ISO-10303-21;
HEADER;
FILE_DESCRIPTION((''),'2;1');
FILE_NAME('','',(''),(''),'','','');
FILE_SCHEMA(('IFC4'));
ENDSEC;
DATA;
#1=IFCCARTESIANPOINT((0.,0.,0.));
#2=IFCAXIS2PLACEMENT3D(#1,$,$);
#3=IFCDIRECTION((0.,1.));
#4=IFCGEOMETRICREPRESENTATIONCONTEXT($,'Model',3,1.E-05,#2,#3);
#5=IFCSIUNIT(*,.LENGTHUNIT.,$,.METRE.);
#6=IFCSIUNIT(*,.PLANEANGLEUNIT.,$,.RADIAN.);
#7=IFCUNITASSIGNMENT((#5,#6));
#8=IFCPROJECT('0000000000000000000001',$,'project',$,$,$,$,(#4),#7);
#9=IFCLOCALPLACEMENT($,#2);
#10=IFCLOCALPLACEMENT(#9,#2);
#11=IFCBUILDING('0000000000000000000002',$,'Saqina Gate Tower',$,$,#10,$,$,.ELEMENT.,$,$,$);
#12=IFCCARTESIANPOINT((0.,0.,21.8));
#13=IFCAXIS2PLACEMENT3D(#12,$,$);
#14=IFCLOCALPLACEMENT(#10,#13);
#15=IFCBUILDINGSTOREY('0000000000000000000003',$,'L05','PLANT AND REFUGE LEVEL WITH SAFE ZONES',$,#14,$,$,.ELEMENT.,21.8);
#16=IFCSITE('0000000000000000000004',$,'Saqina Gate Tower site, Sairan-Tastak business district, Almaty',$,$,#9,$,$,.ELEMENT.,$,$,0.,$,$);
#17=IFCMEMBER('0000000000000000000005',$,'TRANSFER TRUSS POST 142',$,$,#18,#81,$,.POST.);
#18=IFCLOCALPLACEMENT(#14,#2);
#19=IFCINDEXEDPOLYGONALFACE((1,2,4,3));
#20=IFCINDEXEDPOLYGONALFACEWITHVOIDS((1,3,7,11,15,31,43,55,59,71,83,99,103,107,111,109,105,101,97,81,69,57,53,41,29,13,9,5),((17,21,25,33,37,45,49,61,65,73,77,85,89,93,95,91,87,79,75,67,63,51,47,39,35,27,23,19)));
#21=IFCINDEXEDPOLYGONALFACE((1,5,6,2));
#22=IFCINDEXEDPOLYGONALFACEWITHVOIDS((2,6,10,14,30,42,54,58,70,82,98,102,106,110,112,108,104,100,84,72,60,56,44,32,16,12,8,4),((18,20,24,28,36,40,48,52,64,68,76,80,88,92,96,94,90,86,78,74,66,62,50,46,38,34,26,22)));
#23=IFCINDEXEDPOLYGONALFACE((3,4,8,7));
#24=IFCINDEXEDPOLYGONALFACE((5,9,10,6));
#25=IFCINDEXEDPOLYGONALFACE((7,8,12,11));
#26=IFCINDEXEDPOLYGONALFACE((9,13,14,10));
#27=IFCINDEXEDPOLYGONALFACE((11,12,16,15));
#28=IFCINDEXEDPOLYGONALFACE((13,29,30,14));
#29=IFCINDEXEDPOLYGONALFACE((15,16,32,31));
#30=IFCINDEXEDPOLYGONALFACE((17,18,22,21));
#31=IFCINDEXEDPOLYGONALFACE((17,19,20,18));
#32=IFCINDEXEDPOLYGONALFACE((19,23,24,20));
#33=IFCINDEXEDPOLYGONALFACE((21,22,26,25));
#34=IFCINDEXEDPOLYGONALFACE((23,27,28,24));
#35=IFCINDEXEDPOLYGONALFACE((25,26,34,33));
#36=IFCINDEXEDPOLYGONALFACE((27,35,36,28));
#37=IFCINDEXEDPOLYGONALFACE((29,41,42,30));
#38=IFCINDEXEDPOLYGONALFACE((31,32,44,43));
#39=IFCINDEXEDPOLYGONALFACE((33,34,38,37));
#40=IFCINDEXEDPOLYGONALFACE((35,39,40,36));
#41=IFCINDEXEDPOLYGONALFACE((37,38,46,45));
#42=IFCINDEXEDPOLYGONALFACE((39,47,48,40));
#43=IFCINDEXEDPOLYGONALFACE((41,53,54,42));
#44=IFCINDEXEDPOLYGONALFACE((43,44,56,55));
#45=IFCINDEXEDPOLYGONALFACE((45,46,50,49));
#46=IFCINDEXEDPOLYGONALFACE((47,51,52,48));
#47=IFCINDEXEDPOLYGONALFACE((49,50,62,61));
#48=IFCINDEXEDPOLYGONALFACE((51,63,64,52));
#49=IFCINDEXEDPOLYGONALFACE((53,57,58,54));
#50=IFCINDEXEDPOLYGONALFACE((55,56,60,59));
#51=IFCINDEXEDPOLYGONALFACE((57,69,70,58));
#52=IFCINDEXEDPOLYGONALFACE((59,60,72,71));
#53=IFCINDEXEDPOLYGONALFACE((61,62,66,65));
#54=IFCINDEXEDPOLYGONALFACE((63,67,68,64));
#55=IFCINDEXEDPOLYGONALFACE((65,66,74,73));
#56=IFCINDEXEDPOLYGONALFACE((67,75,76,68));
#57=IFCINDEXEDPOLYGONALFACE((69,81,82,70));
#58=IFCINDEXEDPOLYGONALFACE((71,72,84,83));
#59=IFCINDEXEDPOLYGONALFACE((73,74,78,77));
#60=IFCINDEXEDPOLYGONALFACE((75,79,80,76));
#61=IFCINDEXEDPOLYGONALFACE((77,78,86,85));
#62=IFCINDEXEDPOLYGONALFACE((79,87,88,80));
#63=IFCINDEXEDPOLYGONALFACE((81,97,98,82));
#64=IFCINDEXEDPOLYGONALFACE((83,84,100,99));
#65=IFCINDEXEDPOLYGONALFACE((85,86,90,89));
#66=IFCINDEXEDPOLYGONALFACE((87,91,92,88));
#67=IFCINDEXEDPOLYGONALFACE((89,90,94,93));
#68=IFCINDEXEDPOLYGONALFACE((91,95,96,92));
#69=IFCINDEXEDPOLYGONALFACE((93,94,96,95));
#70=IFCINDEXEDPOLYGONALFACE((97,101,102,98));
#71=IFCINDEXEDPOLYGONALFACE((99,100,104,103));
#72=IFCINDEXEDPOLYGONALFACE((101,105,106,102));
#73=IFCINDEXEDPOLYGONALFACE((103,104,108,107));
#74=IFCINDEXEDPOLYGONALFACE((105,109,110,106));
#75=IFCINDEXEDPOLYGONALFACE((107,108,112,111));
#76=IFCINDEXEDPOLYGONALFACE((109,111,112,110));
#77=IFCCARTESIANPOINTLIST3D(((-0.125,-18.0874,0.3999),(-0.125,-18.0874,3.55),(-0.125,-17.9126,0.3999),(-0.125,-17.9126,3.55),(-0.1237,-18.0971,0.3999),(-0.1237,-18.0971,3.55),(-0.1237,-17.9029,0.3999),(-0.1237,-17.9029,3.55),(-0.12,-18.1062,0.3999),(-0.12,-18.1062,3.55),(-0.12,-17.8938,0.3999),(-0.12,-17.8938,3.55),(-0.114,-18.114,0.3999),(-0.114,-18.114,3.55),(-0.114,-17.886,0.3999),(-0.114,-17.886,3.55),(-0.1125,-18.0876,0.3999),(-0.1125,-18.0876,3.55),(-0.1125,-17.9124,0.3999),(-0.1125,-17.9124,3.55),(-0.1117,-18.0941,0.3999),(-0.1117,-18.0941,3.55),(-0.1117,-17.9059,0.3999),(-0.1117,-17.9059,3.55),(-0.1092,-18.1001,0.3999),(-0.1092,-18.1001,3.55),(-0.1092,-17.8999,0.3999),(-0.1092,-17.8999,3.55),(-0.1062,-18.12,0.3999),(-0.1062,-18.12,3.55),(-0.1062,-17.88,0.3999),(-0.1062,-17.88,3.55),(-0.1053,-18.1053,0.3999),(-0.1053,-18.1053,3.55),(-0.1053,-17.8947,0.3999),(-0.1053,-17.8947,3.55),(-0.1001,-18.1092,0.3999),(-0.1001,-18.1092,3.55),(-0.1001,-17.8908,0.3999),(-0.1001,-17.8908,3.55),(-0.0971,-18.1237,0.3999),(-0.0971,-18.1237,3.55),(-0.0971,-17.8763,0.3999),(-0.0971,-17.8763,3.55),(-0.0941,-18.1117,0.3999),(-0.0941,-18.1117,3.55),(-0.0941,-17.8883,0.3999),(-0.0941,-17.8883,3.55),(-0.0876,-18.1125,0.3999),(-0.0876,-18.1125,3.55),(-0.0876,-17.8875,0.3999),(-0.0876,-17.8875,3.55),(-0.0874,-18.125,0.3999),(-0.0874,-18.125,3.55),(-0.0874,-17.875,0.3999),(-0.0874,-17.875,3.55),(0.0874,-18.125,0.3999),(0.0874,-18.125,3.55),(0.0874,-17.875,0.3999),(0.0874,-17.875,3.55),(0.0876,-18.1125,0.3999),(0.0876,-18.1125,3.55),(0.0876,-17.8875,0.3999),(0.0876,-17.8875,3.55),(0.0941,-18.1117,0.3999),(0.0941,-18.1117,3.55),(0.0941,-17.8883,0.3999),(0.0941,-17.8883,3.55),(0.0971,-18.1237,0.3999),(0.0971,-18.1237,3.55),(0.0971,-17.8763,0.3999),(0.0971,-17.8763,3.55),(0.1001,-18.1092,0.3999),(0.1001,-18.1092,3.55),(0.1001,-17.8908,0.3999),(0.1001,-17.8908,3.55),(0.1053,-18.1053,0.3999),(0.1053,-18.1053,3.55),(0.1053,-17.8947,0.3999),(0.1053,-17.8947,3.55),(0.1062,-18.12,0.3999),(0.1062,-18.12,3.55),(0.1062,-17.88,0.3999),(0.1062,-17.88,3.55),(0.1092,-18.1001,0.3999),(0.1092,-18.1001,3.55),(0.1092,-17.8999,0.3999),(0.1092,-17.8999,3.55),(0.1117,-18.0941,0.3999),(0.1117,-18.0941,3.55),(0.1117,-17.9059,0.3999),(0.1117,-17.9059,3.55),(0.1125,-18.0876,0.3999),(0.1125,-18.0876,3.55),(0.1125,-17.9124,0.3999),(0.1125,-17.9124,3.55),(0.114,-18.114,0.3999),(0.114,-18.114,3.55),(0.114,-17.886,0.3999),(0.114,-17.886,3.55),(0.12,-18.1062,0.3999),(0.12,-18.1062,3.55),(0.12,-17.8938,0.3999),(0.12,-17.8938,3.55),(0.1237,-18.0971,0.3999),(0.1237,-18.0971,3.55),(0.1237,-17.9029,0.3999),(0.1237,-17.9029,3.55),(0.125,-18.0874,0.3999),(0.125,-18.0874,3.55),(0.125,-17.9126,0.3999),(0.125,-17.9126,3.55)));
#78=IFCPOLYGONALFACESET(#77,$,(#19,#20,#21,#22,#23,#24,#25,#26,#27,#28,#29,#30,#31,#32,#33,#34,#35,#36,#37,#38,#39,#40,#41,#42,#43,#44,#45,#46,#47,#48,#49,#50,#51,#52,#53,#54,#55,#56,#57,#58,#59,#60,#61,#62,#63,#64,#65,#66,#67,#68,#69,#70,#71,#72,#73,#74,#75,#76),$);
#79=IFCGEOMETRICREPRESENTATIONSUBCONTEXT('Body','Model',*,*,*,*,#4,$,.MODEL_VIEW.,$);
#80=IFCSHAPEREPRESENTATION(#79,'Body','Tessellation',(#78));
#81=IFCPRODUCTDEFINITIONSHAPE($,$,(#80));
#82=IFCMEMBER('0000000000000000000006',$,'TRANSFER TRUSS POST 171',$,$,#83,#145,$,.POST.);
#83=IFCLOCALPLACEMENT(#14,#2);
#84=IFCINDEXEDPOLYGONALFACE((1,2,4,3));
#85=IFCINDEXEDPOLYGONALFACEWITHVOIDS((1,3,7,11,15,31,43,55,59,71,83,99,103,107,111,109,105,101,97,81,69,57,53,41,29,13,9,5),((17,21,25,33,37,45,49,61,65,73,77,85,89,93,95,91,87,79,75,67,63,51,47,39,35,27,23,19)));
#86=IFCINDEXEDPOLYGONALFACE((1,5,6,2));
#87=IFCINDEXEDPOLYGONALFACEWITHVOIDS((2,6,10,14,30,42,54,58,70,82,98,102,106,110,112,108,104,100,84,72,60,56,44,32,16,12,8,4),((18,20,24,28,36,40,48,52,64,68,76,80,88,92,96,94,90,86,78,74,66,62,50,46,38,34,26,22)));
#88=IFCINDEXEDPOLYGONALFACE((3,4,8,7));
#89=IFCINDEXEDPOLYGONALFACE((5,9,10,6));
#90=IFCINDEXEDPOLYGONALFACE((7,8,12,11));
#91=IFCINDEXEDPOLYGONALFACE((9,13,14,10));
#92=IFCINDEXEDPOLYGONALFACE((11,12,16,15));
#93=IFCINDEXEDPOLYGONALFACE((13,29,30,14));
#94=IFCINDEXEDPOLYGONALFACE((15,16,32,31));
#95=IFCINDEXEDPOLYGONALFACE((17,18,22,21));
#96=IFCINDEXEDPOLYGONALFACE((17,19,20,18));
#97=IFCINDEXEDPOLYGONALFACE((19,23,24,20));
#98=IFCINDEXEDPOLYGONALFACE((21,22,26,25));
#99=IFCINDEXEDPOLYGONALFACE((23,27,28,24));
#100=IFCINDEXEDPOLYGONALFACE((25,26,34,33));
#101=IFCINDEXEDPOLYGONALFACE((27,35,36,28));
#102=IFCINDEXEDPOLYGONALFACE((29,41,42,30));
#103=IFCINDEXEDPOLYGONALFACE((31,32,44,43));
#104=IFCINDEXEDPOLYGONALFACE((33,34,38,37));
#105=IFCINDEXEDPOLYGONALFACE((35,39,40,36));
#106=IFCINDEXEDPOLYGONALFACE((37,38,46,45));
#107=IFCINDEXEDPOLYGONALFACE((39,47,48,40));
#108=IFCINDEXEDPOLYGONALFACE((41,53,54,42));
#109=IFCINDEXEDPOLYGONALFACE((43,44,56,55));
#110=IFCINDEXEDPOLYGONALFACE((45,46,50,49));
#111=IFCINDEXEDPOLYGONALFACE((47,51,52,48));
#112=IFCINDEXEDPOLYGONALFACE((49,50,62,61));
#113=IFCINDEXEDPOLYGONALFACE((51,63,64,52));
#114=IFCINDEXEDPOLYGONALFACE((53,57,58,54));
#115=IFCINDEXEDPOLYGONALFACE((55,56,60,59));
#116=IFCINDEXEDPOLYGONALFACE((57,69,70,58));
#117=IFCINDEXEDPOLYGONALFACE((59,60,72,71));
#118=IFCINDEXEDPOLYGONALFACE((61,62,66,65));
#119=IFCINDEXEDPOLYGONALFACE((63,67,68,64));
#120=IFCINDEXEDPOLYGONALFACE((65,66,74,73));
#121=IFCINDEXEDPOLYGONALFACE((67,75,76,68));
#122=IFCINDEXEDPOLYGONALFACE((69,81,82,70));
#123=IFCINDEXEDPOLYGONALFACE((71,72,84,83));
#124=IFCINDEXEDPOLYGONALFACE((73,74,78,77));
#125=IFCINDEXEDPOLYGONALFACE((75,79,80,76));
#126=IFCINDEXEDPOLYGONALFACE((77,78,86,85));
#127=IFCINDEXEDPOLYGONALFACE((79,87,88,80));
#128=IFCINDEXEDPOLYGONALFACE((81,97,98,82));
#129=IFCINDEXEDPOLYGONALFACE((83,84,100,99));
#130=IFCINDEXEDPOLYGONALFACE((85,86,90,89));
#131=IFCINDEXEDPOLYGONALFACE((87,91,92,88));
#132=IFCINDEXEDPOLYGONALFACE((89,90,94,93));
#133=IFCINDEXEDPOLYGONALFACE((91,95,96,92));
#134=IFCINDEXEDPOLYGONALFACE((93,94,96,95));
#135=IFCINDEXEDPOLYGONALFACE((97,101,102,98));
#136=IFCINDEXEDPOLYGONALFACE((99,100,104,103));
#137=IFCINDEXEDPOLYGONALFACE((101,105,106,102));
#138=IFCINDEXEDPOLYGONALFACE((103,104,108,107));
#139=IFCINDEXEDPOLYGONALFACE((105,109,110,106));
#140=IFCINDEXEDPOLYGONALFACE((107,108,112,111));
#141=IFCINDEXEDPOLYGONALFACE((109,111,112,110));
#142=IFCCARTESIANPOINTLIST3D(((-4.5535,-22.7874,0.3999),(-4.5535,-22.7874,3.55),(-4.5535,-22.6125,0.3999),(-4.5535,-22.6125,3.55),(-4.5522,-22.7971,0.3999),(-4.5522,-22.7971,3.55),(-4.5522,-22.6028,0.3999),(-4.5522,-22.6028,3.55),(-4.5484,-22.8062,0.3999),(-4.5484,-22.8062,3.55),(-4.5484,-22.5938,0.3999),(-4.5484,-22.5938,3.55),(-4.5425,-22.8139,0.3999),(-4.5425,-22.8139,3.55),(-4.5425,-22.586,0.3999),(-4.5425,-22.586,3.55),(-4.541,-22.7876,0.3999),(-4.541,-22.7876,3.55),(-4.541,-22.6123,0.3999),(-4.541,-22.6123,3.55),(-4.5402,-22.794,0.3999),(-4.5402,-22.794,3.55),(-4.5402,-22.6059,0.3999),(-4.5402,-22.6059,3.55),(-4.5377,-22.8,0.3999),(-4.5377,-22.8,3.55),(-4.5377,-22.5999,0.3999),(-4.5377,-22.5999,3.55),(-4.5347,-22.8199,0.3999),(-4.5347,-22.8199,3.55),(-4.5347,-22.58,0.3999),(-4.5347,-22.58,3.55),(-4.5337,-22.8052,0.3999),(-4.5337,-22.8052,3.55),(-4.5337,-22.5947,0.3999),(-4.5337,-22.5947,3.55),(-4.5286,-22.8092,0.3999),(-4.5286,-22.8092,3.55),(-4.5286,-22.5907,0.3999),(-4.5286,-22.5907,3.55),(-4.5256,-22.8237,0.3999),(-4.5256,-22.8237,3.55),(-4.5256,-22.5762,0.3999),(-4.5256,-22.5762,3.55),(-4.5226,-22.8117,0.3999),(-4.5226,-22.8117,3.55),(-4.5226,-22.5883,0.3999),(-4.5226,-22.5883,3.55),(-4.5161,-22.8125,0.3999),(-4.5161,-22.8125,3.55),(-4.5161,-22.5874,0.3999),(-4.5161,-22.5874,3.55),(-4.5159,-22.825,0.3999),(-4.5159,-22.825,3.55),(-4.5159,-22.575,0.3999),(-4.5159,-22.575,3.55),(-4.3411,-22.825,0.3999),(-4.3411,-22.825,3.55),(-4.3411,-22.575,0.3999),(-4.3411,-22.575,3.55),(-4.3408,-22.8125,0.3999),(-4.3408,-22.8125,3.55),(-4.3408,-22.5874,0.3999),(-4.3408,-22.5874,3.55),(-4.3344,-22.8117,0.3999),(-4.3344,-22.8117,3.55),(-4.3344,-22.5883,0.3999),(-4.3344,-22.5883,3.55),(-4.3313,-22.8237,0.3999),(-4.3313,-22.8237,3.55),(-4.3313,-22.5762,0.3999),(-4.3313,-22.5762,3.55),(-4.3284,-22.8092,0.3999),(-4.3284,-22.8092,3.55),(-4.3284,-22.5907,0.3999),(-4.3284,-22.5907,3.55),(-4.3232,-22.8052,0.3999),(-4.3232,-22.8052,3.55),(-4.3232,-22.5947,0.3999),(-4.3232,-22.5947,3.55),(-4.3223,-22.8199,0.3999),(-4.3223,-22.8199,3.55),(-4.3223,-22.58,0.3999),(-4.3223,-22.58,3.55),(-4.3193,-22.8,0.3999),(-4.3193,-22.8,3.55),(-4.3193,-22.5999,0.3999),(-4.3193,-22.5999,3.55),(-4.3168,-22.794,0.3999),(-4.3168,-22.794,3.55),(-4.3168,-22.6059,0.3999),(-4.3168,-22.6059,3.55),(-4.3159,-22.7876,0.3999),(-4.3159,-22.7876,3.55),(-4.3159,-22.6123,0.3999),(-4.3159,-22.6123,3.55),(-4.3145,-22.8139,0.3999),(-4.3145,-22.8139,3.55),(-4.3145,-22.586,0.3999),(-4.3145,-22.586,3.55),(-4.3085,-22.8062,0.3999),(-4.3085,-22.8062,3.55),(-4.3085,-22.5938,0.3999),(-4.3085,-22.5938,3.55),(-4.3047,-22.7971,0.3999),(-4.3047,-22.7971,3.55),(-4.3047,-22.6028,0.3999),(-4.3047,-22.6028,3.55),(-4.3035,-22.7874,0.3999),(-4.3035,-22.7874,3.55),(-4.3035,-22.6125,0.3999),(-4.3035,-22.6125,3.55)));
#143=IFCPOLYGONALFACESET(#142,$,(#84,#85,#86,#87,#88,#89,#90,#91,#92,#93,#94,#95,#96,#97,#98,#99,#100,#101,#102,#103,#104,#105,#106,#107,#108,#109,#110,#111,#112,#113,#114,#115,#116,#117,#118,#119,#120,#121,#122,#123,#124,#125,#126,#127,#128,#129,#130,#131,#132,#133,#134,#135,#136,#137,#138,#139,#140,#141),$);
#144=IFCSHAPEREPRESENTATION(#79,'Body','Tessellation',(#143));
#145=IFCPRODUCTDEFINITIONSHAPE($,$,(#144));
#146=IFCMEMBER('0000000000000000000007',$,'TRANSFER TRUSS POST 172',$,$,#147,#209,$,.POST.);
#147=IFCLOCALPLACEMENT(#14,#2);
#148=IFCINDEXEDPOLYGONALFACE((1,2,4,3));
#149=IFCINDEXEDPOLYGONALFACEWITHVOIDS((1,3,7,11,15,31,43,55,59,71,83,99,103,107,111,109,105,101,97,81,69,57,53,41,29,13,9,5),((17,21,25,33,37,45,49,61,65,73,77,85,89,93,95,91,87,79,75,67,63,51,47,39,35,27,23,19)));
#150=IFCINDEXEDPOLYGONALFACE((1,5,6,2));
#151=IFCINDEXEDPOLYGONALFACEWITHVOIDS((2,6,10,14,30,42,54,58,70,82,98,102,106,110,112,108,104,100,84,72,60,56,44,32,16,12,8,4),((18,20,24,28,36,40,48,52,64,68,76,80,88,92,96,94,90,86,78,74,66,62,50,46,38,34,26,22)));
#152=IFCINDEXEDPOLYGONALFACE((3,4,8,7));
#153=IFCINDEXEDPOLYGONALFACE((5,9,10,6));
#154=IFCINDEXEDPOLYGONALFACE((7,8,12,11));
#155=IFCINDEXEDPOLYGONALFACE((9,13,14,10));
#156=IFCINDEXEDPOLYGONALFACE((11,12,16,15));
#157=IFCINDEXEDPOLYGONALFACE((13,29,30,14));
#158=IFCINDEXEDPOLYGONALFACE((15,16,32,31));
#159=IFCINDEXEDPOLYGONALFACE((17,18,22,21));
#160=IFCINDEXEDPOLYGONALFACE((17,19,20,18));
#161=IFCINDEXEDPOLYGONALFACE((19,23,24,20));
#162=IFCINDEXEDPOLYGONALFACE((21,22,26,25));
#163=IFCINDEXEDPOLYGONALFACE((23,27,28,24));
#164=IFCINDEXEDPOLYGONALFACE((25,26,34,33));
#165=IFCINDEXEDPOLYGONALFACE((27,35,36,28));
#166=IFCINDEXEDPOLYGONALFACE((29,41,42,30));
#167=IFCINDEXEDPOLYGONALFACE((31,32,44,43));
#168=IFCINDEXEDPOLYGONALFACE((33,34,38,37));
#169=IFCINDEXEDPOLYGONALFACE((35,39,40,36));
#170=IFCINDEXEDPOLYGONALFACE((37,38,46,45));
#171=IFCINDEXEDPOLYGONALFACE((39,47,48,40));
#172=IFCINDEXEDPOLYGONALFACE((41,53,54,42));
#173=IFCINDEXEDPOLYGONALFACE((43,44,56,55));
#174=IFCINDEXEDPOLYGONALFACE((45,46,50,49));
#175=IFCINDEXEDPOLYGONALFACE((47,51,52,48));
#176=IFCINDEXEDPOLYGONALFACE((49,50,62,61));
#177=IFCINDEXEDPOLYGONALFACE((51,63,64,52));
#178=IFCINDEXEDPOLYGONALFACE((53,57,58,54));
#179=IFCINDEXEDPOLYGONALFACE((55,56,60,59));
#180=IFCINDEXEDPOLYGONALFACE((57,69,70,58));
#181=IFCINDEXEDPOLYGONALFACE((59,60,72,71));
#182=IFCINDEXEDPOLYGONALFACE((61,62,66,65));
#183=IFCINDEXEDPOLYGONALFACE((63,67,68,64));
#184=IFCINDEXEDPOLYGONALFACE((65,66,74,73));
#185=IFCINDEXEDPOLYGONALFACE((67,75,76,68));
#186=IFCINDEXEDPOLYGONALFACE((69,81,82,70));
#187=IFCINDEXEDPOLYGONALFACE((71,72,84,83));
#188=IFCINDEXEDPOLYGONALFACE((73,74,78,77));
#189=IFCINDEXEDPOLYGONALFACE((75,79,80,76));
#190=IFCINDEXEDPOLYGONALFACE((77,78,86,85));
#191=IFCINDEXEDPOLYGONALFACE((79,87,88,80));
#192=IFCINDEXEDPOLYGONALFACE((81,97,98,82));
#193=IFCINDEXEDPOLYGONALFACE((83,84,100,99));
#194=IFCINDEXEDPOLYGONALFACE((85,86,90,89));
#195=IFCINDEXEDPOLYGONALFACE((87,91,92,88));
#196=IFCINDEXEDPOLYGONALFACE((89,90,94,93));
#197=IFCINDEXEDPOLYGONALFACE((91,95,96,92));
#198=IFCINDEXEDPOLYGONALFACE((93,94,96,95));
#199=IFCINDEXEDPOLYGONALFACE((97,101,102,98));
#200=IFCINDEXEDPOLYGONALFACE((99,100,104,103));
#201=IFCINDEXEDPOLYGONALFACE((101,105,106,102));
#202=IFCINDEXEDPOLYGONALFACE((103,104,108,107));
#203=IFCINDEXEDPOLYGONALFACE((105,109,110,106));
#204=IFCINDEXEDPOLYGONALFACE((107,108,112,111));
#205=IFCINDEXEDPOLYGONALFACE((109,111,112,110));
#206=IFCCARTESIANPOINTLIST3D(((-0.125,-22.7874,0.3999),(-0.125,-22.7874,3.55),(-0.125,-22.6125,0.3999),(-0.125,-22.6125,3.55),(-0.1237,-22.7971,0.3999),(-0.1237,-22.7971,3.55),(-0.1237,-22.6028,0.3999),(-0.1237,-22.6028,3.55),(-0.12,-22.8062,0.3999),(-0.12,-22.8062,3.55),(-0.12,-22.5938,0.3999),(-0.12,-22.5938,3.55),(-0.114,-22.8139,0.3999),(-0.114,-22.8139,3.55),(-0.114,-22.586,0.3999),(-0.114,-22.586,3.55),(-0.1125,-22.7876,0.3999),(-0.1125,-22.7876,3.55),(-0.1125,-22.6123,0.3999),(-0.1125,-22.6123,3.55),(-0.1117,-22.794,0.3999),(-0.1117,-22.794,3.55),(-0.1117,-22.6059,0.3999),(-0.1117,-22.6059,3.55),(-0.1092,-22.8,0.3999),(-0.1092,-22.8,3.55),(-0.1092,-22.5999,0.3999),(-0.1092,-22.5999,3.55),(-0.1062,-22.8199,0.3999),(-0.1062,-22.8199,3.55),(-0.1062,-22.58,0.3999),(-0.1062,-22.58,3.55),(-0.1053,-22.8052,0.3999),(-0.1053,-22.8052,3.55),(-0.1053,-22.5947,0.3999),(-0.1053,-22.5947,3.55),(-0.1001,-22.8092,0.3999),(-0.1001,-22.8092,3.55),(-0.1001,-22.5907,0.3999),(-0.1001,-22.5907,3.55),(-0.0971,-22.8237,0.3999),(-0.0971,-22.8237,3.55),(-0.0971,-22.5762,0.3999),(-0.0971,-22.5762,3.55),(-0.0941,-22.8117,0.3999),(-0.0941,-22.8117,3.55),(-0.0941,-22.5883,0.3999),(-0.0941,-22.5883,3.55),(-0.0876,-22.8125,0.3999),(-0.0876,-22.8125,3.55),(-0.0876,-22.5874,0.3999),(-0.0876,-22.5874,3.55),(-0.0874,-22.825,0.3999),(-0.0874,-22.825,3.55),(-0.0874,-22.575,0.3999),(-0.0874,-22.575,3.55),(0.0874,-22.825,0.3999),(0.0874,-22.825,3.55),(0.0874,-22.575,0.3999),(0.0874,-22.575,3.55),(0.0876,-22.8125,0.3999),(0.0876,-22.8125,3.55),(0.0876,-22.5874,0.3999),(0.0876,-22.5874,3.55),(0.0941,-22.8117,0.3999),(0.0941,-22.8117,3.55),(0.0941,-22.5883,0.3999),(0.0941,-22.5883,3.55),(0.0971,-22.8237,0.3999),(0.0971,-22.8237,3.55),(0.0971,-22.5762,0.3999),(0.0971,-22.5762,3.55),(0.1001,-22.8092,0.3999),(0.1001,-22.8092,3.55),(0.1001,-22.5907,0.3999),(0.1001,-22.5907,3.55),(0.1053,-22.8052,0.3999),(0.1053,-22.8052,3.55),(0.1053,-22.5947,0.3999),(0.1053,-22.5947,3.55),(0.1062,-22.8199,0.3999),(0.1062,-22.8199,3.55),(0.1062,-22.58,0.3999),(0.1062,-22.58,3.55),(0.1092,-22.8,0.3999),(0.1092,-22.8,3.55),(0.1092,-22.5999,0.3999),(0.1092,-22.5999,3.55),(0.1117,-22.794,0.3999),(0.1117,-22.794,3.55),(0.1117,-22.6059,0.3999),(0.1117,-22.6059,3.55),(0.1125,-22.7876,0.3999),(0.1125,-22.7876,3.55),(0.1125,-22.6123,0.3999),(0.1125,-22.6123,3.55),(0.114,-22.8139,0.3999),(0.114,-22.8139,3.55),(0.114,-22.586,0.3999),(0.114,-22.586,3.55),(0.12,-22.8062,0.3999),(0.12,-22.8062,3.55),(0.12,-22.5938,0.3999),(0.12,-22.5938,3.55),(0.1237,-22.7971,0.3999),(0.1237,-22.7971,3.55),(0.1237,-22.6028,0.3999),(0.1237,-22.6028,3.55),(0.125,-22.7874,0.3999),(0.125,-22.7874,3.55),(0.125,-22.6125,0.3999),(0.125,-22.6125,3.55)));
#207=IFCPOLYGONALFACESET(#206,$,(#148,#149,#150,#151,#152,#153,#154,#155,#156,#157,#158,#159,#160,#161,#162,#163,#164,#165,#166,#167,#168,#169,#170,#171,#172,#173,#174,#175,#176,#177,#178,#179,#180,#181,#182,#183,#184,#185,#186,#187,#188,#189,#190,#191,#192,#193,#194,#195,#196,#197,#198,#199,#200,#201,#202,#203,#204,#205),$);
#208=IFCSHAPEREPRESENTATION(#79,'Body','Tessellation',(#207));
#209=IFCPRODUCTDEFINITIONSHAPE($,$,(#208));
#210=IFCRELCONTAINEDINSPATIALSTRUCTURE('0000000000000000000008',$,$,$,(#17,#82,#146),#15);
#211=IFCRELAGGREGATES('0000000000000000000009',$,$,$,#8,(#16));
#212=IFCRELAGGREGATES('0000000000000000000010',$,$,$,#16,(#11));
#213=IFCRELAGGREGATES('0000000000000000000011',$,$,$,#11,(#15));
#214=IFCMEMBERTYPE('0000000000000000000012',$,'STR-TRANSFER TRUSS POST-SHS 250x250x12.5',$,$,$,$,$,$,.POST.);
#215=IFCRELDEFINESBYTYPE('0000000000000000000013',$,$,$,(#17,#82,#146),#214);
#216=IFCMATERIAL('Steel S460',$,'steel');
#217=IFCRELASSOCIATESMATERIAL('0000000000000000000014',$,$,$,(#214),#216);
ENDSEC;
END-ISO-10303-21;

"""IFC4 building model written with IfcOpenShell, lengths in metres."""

from ifc_helpers import new_model, si_unit, direction, frame, origin, origin_2d, place, context, subcontext, project, spatial, hollow_rectangle, extrude, material, material_profile, profile_set, type_object, element, save


model = new_model("IFC4")

# Units and contexts
model_context = context("Model", 3, precision=1e-05, world=origin(), true_north=direction((0.0, 1.0)))
body_context = subcontext(model_context, "Body", "Model", "MODEL_VIEW")
ifc_project = project(units=[si_unit("LENGTHUNIT", "METRE"), si_unit("PLANEANGLEUNIT", "RADIAN")], contexts=[model_context])

# Site, building, storey
site_placement = place(None, origin())
site = spatial("IfcSite", under=ifc_project, at=site_placement, Name="Saqina Gate Tower site, Sairan-Tastak business district, Almaty", CompositionType="ELEMENT", RefElevation=0.0)
building_placement = place(site_placement, origin())
building = spatial("IfcBuilding", under=site, at=building_placement, Name="Saqina Gate Tower", CompositionType="ELEMENT")
storey_placement = place(building_placement, frame((0.0, 0.0, 21.8)))
storey = spatial("IfcBuildingStorey", under=building, at=storey_placement, Name="L05", Description="PLANT AND REFUGE LEVEL WITH SAFE ZONES", CompositionType="ELEMENT", Elevation=21.8)

# Members
ifc_material_1 = material(Name="Steel S460", Category="steel")
ifc_material_profile_1 = material_profile(ifc_material_1, hollow_rectangle(XDim=0.25, YDim=0.25, WallThickness=0.0125, InnerFilletRadius=0.0249, OuterFilletRadius=0.0376, at=origin_2d()), Name="SHS 250x250x12.5")
ifc_profile_set_1 = profile_set([ifc_material_profile_1], Name="Steel S460")
member_type_1 = type_object("IfcMemberType", Name="STR-TRANSFER TRUSS POST-SHS 250x250x12.5", PredefinedType="POST", material=ifc_profile_set_1)
for number, where, z_axis, x_axis, name in (
    (1, (0.0, -18.0, 0.3999), (0.0, 0.0, 1.0), (1.0, 0.0, 0.0), "TRANSFER TRUSS POST 142"),
    (2, (-4.4285, -22.7, 0.3999), (0.0, 0.0, 1.0), (1.0, 0.0, 0.0), "TRANSFER TRUSS POST 171"),
    (3, (0.0, -22.7, 0.3999), (0.0, 0.0, 1.0), (1.0, 0.0, 0.0), "TRANSFER TRUSS POST 172"),
):
    element("IfcMember", number, at=place(storey_placement, frame(where, z_axis=z_axis, x_axis=x_axis)), inside=storey, type_object=member_type_1, Name=name, PredefinedType="POST", context=body_context, shape_type="SweptSolid", body=[
        extrude(hollow_rectangle(XDim=0.25, YDim=0.25, WallThickness=0.0125, InnerFilletRadius=0.0249, OuterFilletRadius=0.0376, at=origin_2d()), origin(), (0.0, 0.0, 1.0), 3.1501),
    ])

save(model, "model.ifc")
